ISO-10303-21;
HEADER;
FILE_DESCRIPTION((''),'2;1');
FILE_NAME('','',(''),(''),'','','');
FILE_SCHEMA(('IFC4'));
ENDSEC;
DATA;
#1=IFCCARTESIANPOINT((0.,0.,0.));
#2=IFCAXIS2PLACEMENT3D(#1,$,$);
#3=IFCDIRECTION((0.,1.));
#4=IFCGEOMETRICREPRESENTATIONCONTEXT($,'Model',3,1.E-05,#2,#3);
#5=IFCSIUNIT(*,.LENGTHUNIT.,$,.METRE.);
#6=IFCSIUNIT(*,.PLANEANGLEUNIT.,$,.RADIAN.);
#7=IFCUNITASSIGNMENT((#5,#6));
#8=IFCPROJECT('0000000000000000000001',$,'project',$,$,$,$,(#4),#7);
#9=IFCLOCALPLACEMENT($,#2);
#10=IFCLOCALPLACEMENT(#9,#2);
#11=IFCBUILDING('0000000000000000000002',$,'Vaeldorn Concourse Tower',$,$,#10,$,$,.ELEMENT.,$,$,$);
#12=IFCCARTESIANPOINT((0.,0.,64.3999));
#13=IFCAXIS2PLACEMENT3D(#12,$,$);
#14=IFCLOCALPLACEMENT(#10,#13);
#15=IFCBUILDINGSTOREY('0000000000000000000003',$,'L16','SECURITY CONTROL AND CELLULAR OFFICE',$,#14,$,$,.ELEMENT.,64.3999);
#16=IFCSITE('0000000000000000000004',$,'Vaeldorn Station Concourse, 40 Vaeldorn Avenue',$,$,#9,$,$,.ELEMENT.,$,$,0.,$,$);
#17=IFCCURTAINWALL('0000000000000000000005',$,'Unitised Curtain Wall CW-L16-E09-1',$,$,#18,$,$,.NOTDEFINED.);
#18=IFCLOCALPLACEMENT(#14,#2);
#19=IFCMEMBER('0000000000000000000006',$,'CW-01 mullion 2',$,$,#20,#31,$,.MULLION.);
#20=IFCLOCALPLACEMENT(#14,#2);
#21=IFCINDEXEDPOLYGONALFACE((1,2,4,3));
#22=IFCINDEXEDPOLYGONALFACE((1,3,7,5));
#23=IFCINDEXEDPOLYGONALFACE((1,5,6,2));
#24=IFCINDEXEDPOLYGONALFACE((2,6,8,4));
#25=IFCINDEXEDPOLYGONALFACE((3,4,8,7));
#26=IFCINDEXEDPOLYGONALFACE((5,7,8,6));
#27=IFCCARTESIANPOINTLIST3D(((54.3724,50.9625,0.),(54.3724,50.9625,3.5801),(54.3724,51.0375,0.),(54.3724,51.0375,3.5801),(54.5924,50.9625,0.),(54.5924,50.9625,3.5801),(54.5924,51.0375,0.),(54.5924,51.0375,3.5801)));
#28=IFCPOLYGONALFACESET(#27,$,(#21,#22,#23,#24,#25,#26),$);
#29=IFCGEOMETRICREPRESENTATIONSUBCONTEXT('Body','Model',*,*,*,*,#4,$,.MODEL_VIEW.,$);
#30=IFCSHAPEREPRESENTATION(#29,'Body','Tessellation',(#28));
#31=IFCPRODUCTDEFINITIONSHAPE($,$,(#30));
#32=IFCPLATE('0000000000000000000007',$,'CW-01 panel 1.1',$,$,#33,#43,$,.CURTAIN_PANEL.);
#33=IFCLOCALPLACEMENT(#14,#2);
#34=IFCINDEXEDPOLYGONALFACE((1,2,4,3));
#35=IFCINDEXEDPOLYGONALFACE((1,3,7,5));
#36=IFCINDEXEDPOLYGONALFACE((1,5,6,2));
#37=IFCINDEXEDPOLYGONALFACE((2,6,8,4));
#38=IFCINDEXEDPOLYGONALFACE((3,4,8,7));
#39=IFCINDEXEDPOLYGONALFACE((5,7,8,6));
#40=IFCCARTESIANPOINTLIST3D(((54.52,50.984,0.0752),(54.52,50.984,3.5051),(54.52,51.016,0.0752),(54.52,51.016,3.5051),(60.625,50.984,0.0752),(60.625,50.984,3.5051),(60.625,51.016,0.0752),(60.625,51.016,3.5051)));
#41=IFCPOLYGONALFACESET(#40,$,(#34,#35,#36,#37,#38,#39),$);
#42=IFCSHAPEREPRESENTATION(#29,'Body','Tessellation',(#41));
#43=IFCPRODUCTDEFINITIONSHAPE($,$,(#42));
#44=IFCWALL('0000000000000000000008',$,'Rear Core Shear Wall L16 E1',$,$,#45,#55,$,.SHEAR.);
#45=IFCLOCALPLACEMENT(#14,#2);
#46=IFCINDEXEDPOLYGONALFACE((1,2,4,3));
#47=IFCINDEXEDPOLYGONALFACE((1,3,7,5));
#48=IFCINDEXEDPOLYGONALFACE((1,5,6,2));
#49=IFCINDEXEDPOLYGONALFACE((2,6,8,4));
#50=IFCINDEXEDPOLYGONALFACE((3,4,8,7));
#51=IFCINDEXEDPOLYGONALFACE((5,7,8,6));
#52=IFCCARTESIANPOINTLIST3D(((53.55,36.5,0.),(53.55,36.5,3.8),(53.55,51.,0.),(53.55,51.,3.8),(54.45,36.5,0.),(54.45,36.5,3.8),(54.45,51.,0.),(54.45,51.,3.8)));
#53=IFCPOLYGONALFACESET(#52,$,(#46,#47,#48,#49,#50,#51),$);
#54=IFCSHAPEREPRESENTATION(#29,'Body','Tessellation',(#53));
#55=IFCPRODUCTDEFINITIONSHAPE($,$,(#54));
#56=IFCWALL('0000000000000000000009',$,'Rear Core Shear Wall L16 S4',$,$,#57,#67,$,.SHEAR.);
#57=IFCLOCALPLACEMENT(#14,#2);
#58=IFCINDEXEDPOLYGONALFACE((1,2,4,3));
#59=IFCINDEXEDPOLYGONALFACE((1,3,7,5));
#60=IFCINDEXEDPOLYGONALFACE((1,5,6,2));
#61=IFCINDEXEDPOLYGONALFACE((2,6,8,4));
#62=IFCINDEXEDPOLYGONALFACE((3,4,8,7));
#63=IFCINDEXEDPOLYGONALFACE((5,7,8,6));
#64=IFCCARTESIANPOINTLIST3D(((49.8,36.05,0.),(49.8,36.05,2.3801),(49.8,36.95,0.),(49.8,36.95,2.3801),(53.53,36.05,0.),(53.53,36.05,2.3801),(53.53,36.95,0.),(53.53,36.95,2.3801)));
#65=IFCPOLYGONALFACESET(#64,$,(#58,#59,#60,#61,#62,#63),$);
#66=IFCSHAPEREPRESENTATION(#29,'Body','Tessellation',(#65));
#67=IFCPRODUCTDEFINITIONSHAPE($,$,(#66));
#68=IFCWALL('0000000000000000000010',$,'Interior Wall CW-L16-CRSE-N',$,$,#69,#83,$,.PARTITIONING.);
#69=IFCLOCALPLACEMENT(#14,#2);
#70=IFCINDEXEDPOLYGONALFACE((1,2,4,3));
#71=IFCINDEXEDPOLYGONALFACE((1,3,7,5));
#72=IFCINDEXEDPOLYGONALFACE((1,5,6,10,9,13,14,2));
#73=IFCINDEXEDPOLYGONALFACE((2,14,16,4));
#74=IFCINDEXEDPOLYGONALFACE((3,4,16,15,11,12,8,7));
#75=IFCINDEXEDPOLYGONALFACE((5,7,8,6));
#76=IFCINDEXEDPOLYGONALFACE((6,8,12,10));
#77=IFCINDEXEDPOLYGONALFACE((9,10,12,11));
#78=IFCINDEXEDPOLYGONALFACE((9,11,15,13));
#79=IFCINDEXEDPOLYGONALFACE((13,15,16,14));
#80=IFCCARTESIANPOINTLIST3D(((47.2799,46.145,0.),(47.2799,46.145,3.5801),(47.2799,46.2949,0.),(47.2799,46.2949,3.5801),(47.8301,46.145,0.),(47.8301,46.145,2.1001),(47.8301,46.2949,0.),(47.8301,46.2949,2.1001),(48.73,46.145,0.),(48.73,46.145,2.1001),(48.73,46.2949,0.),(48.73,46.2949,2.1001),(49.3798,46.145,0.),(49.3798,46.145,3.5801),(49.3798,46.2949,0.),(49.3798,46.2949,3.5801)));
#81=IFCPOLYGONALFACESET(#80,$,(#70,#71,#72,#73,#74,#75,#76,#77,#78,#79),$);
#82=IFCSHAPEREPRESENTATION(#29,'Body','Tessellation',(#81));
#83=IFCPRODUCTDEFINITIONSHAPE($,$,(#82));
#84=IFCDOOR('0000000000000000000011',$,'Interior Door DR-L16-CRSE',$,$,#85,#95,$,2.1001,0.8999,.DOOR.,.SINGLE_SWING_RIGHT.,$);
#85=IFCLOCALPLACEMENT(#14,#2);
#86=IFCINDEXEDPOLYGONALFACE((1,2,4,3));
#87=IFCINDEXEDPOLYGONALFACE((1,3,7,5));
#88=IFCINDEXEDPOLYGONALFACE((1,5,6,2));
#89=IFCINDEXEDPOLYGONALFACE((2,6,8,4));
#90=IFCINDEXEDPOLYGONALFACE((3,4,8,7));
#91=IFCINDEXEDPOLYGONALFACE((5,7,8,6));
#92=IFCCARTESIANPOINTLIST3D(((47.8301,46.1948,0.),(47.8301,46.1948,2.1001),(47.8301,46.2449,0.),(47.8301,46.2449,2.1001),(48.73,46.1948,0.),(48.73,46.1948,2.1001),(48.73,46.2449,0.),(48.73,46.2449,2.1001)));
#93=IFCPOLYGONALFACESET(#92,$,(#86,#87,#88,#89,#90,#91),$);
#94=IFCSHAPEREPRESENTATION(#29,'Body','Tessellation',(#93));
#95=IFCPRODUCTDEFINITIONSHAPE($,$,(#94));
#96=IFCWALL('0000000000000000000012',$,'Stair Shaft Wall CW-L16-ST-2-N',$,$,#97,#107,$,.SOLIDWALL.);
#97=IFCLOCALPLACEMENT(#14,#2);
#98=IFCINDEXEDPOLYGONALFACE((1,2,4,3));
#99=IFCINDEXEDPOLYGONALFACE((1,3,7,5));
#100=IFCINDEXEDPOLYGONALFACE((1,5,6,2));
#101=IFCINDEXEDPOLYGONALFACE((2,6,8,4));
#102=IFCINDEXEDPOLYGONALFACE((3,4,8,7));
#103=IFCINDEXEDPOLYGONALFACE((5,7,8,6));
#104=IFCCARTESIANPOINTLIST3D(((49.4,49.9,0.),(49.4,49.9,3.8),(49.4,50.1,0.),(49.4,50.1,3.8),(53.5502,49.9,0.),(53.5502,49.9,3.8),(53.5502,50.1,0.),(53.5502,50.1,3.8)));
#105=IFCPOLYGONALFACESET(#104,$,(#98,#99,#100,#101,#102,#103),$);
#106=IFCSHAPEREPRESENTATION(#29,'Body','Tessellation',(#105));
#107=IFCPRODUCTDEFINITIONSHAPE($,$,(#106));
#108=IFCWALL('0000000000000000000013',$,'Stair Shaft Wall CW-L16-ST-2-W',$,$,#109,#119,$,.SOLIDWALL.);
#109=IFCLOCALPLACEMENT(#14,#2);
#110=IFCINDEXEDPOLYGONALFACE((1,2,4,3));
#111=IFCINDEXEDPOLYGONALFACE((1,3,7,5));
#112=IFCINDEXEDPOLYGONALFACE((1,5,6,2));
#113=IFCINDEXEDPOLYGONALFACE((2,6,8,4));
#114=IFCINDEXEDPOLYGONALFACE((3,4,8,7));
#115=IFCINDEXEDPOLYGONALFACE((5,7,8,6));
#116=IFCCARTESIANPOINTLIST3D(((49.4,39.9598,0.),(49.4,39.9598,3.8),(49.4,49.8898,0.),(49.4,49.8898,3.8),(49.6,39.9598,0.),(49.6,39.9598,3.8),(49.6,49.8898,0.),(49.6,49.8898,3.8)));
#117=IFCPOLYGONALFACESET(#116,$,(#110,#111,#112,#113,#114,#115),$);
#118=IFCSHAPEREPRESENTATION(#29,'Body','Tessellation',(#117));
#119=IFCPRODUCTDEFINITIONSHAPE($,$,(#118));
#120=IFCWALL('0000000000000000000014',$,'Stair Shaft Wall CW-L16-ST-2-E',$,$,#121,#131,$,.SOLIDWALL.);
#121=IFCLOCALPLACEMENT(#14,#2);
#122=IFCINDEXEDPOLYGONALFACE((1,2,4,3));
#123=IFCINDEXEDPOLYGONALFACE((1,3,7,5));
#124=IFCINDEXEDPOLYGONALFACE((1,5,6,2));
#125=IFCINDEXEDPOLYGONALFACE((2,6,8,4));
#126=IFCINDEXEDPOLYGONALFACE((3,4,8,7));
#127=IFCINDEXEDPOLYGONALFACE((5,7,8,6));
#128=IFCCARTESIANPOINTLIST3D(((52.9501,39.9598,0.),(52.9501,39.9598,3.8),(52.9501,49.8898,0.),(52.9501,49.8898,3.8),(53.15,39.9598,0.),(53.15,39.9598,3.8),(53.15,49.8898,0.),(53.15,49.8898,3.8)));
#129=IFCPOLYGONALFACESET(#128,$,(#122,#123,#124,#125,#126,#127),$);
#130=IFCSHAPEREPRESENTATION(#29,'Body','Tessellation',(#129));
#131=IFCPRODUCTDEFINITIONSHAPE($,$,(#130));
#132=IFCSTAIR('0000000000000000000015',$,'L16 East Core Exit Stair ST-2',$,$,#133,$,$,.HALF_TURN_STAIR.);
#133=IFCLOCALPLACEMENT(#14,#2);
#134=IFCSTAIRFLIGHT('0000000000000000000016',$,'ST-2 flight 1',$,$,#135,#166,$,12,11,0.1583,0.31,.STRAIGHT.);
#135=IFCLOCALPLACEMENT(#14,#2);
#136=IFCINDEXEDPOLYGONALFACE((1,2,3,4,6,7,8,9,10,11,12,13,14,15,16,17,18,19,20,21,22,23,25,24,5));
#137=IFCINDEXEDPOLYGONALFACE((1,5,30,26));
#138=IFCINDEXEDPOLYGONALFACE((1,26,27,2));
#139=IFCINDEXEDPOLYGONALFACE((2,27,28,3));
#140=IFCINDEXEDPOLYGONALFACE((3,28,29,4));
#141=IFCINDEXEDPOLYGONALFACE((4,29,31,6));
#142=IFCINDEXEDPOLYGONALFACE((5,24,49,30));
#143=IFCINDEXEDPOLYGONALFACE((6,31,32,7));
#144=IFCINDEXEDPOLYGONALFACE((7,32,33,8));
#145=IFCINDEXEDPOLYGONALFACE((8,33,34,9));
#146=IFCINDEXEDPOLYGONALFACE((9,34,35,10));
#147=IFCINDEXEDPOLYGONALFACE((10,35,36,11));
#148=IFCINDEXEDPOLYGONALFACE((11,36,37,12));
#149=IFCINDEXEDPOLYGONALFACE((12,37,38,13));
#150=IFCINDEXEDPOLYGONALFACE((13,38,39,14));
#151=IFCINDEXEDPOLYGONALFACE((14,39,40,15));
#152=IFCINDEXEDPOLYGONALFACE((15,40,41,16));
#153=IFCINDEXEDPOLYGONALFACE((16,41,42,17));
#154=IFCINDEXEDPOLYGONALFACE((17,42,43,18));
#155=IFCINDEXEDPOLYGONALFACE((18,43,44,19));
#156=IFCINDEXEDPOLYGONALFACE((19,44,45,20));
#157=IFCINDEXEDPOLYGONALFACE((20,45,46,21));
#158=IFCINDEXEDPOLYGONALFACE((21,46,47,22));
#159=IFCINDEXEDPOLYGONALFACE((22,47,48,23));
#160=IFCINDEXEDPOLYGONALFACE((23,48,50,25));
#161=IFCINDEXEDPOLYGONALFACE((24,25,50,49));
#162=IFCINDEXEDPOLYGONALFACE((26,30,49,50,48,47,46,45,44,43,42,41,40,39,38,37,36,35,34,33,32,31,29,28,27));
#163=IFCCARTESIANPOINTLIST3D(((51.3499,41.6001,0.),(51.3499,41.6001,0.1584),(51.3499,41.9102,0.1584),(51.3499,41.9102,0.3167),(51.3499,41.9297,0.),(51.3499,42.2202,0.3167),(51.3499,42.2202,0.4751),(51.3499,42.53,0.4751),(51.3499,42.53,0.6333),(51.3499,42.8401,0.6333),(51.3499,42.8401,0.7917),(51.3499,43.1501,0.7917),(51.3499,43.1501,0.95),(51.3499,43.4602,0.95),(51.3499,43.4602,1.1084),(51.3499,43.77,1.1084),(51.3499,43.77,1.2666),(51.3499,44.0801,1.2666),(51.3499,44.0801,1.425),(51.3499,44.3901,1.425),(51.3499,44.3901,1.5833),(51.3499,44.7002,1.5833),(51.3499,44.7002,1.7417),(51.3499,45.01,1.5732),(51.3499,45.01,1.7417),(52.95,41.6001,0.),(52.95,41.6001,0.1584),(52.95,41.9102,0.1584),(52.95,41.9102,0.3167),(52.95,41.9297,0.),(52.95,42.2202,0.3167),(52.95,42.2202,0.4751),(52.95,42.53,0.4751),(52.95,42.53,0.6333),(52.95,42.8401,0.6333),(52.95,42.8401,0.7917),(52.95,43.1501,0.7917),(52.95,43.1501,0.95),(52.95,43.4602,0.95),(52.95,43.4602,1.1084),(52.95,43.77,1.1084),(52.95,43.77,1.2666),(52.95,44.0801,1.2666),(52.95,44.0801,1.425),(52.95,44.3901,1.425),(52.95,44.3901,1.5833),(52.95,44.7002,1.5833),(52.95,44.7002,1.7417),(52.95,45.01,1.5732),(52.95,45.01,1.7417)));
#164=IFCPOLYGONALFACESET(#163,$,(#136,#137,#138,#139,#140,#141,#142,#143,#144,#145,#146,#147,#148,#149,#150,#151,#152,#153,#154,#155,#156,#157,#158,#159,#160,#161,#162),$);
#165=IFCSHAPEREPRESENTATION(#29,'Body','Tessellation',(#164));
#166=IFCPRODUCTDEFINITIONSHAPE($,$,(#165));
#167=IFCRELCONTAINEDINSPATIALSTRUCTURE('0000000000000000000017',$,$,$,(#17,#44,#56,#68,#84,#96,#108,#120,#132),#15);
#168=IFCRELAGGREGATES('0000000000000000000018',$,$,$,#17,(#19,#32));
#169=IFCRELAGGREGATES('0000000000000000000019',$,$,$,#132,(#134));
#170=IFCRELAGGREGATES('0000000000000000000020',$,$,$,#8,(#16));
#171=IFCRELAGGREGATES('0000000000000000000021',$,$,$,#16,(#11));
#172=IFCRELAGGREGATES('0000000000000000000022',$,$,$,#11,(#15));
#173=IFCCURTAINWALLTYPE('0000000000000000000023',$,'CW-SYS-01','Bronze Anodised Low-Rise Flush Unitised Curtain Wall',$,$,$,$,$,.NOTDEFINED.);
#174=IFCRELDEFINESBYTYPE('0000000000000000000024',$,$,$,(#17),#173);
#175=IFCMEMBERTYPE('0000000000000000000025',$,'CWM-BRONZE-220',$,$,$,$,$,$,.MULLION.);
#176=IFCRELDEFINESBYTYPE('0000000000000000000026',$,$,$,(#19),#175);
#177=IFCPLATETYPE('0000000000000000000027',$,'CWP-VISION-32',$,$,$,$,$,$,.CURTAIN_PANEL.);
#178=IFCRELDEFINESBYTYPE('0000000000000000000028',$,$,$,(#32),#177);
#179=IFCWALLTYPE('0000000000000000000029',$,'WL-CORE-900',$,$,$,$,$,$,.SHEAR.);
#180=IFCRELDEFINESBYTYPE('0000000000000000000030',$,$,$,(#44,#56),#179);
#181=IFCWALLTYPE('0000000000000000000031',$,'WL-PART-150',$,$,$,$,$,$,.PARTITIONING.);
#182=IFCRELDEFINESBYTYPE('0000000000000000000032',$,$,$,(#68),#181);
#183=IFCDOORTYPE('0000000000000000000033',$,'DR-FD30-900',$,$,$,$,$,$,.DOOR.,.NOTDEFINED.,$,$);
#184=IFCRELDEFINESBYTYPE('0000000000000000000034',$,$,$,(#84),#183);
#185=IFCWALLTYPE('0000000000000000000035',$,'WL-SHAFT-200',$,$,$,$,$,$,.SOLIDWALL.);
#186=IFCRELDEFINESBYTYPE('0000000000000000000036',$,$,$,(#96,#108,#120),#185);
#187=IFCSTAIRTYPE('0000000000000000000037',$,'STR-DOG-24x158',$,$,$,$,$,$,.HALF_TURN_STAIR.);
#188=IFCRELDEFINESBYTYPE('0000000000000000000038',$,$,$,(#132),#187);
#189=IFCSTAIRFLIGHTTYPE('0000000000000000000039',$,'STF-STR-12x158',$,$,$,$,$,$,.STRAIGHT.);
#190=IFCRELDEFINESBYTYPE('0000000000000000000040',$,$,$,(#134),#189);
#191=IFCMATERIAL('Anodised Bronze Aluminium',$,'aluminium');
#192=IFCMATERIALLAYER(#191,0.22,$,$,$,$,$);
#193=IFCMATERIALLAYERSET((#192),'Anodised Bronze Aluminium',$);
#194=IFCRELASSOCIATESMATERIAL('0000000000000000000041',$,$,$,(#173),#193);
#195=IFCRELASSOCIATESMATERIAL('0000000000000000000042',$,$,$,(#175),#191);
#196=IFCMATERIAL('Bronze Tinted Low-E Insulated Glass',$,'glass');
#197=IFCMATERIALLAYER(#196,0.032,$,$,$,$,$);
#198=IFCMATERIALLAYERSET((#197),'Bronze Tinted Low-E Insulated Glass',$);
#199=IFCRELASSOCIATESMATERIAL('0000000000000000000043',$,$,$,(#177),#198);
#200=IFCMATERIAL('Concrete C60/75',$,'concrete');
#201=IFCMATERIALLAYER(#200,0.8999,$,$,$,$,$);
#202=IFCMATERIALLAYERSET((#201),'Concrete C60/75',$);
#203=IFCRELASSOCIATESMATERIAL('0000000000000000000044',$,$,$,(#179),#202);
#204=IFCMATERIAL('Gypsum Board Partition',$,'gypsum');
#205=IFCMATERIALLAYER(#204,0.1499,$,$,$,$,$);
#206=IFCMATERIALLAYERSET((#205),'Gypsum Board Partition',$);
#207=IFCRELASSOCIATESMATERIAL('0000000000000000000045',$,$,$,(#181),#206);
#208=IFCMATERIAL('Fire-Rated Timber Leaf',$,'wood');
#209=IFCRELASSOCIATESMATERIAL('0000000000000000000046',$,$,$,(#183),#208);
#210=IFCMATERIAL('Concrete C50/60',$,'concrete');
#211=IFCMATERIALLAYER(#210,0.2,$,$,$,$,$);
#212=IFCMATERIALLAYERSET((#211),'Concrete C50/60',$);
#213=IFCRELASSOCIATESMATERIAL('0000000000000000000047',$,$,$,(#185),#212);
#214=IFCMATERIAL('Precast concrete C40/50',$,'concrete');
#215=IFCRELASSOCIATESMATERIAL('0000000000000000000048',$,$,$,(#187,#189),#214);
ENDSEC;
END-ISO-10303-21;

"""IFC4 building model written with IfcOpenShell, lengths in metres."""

from ifc_helpers import new_model, si_unit, direction, frame, frame_2d, origin, origin_2d, place, context, subcontext, project, spatial, polyline, rectangle, outline, extrude, source, transform, mapped, material, layer, layer_set, material_profile, profile_set, type_object, element, fill, aggregate, save


model = new_model("IFC4")

# Units and contexts
model_context = context("Model", 3, precision=1e-05, world=origin(), true_north=direction((0.0, 1.0)))
body_context = subcontext(model_context, "Body", "Model", "MODEL_VIEW")
ifc_project = project(units=[si_unit("LENGTHUNIT", "METRE"), si_unit("PLANEANGLEUNIT", "RADIAN")], contexts=[model_context])

# Site, building, storey
site_placement = place(None, origin())
site = spatial("IfcSite", under=ifc_project, at=site_placement, Name="Vaeldorn Station Concourse, 40 Vaeldorn Avenue", CompositionType="ELEMENT", RefElevation=0.0)
building_placement = place(site_placement, origin())
building = spatial("IfcBuilding", under=site, at=building_placement, Name="Vaeldorn Concourse Tower", CompositionType="ELEMENT")
storey_placement = place(building_placement, frame((0.0, 0.0, 64.3999)))
storey = spatial("IfcBuildingStorey", under=building, at=storey_placement, Name="L16", Description="SECURITY CONTROL AND CELLULAR OFFICE", CompositionType="ELEMENT", Elevation=64.3999)

# Shared definitions
ifc_material_1 = material(Name="Concrete C60/75", Category="concrete")

# Curtain wall, member, plate
ifc_material_2 = material(Name="Anodised Bronze Aluminium", Category="aluminium")
ifc_layer_1 = layer(ifc_material_2, 0.22)
ifc_layer_set_1 = layer_set([ifc_layer_1], Name="Anodised Bronze Aluminium")
curtain_wall_type = type_object("IfcCurtainWallType", Name="CW-SYS-01", Description="Bronze Anodised Low-Rise Flush Unitised Curtain Wall", PredefinedType="NOTDEFINED", material=ifc_layer_set_1)
curtain_wall_placement = place(storey_placement, origin())
curtain_wall = element("IfcCurtainWall", 1, at=curtain_wall_placement, inside=storey, type_object=curtain_wall_type, Name="Unitised Curtain Wall CW-L16-E09-1", PredefinedType="NOTDEFINED")
ifc_material_profile_1 = material_profile(ifc_material_2, rectangle(XDim=0.075, YDim=0.22, at=origin_2d()), Name="CWM 75x220")
ifc_profile_set_1 = profile_set([ifc_material_profile_1], Name="Anodised Bronze Aluminium")
member_type = type_object("IfcMemberType", Name="CWM-BRONZE-220", PredefinedType="MULLION", material=ifc_profile_set_1)
shared_shape_1 = source(origin(), body_context, "Body", "SweptSolid", [
    extrude(rectangle(XDim=0.075, YDim=0.22, at=origin_2d()), origin(), (0.0, 0.0, 1.0), 3.5801),
])
member_placement = place(storey_placement, frame((54.4824, 51.0, 0.0), z_axis=(0.0, 0.0, 1.0), x_axis=(0.0, -1.0, 0.0)))
member = element("IfcMember", 2, at=member_placement, type_object=member_type, Name="CW-01 mullion 2", PredefinedType="MULLION", context=body_context, shape_type="MappedRepresentation", body=[
    mapped(shared_shape_1, transform((0.0, 0.0, 0.0), scale=1.0)),
])
ifc_material_3 = material(Name="Bronze Tinted Low-E Insulated Glass", Category="glass")
ifc_layer_2 = layer(ifc_material_3, 0.032)
ifc_layer_set_2 = layer_set([ifc_layer_2], Name="Bronze Tinted Low-E Insulated Glass")
plate_type = type_object("IfcPlateType", Name="CWP-VISION-32", PredefinedType="CURTAIN_PANEL", material=ifc_layer_set_2)
shared_shape_2 = source(origin(), body_context, "Body", "SweptSolid", [
    extrude(rectangle(XDim=6.105, YDim=0.032, at=origin_2d()), origin(), (0.0, 0.0, 1.0), 3.4299),
])
plate_placement = place(storey_placement, frame((57.5725, 51.0, 0.0752), z_axis=(0.0, 0.0, 1.0), x_axis=(-1.0, 0.0, 0.0)))
plate = element("IfcPlate", 3, at=plate_placement, type_object=plate_type, Name="CW-01 panel 1.1", PredefinedType="CURTAIN_PANEL", context=body_context, shape_type="MappedRepresentation", body=[
    mapped(shared_shape_2, transform((0.0, 0.0, 0.0), scale=1.0)),
])
aggregate(curtain_wall, [member, plate])

# Walls
ifc_layer_3 = layer(ifc_material_1, 0.8999)
ifc_layer_set_3 = layer_set([ifc_layer_3], Name="Concrete C60/75")
wall_type_1 = type_object("IfcWallType", Name="WL-CORE-900", PredefinedType="SHEAR", material=ifc_layer_set_3)
wall_1_placement = place(storey_placement, frame((54.0, 36.5, 0.0), z_axis=(0.0, 0.0, 1.0), x_axis=(0.0, 1.0, 0.0)))
element("IfcWall", 4, at=wall_1_placement, inside=storey, type_object=wall_type_1, Name="Rear Core Shear Wall L16 E1", PredefinedType="SHEAR", context=body_context, shape_type="SweptSolid", body=[
    extrude(rectangle(XDim=14.5, YDim=0.8999, at=frame_2d((7.25, 0.0))), origin(), (0.0, 0.0, 1.0), 3.8),
])
wall_2_placement = place(storey_placement, frame((49.8, 36.5, 0.0), z_axis=(0.0, 0.0, 1.0), x_axis=(1.0, 0.0, 0.0)))
element("IfcWall", 5, at=wall_2_placement, inside=storey, type_object=wall_type_1, Name="Rear Core Shear Wall L16 S4", PredefinedType="SHEAR", context=body_context, shape_type="SweptSolid", body=[
    extrude(rectangle(XDim=3.73, YDim=0.8999, at=frame_2d((1.865, 0.0))), origin(), (0.0, 0.0, 1.0), 2.3801),
])

# Wall, opening, door
ifc_material_4 = material(Name="Gypsum Board Partition", Category="gypsum")
ifc_layer_4 = layer(ifc_material_4, 0.1499)
ifc_layer_set_4 = layer_set([ifc_layer_4], Name="Gypsum Board Partition")
wall_type_2 = type_object("IfcWallType", Name="WL-PART-150", PredefinedType="PARTITIONING", material=ifc_layer_set_4)
wall_3_placement = place(storey_placement, frame((47.28, 46.22, 0.0), z_axis=(0.0, 0.0, 1.0), x_axis=(1.0, 0.0, 0.0)))
wall_3 = element("IfcWall", 6, at=wall_3_placement, inside=storey, type_object=wall_type_2, Name="Interior Wall CW-L16-CRSE-N", PredefinedType="PARTITIONING", context=body_context, shape_type="SweptSolid", body=[
    extrude(rectangle(XDim=2.0999, YDim=0.1499, at=frame_2d((1.0498, 0.0))), origin(), (0.0, 0.0, 1.0), 3.5801),
])
opening_1_placement = place(wall_3_placement, frame((0.55, 0.0, 0.0)))
opening_1 = element("IfcOpeningElement", 7, at=opening_1_placement, cuts=wall_3, PredefinedType="OPENING", context=body_context, shape_type="SweptSolid", body=[
    extrude(rectangle(XDim=0.8999, YDim=2.1001, at=frame_2d((0.45, 1.05))), frame((0.0, 0.085, 0.0), z_axis=(0.0, -1.0, 0.0), x_axis=(1.0, 0.0, 0.0)), (0.0, 0.0, 1.0), 0.1699),
])
ifc_material_5 = material(Name="Fire-Rated Timber Leaf", Category="wood")
door_type_1 = type_object("IfcDoorType", Name="DR-FD30-900", OperationType="NOTDEFINED", PredefinedType="DOOR", material=ifc_material_5)
shared_shape_3 = source(origin(), body_context, "Body", "SweptSolid", [
    extrude(rectangle(XDim=0.8999, YDim=2.1001, at=frame_2d((0.45, 1.05))), frame((0.0, 0.0249, 0.0), z_axis=(0.0, -1.0, 0.0), x_axis=(1.0, 0.0, 0.0)), (0.0, 0.0, 1.0), 0.05),
])
door_1_placement = place(opening_1_placement, origin())
door_1 = element("IfcDoor", 8, at=door_1_placement, inside=storey, type_object=door_type_1, Name="Interior Door DR-L16-CRSE", OperationType="SINGLE_SWING_RIGHT", OverallHeight=2.1001, OverallWidth=0.8999, PredefinedType="DOOR", context=body_context, shape_type="MappedRepresentation", body=[
    mapped(shared_shape_3, transform((0.0, 0.0, 0.0), scale=1.0)),
])
fill(opening_1, door_1)
ifc_material_6 = material(Name="Concrete C50/60", Category="concrete")
ifc_layer_5 = layer(ifc_material_6, 0.2)
ifc_layer_set_5 = layer_set([ifc_layer_5], Name="Concrete C50/60")
wall_type_3 = type_object("IfcWallType", Name="WL-SHAFT-200", PredefinedType="SOLIDWALL", material=ifc_layer_set_5)

# Walls
wall_4_placement = place(storey_placement, frame((49.3999, 50.0, 0.0), z_axis=(0.0, 0.0, 1.0), x_axis=(1.0, 0.0, 0.0)))
element("IfcWall", 9, at=wall_4_placement, inside=storey, type_object=wall_type_3, Name="Stair Shaft Wall CW-L16-ST-2-N", PredefinedType="SOLIDWALL", context=body_context, shape_type="SweptSolid", body=[
    extrude(rectangle(XDim=4.1501, YDim=0.2, at=frame_2d((2.0752, 0.0))), origin(), (0.0, 0.0, 1.0), 3.8),
])
for number, where, z_axis, x_axis, name in (
    (10, (49.5, 39.96, 0.0), (0.0, 0.0, 1.0), (0.0, 1.0, 0.0), "Stair Shaft Wall CW-L16-ST-2-W"),
    (11, (53.05, 39.96, 0.0), (0.0, 0.0, 1.0), (0.0, 1.0, 0.0), "Stair Shaft Wall CW-L16-ST-2-E"),
):
    element("IfcWall", number, at=place(storey_placement, frame(where, z_axis=z_axis, x_axis=x_axis)), inside=storey, type_object=wall_type_3, Name=name, PredefinedType="SOLIDWALL", context=body_context, shape_type="SweptSolid", body=[
        extrude(rectangle(XDim=9.9299, YDim=0.2, at=frame_2d((4.9648, 0.0))), origin(), (0.0, 0.0, 1.0), 3.8),
    ])

# Stair, stair flight
ifc_material_7 = material(Name="Precast concrete C40/50", Category="concrete")
stair_type = type_object("IfcStairType", Name="STR-DOG-24x158", PredefinedType="HALF_TURN_STAIR", material=ifc_material_7)
stair_placement = place(storey_placement, origin())
stair = element("IfcStair", 12, at=stair_placement, inside=storey, type_object=stair_type, Name="L16 East Core Exit Stair ST-2", PredefinedType="HALF_TURN_STAIR")
stair_flight_type = type_object("IfcStairFlightType", Name="STF-STR-12x158", PredefinedType="STRAIGHT", material=ifc_material_7)
stair_flight_1_placement = place(storey_placement, frame((52.1499, 41.6001, 0.0), z_axis=(0.0, 0.0, 1.0), x_axis=(0.0, 1.0, 0.0)))
stair_flight_1 = element("IfcStairFlight", 13, at=stair_flight_1_placement, type_object=stair_flight_type, Name="ST-2 flight 1", NumberOfRisers=12, NumberOfTreads=11, PredefinedType="STRAIGHT", RiserHeight=0.1583, TreadLength=0.31, context=body_context, shape_type="SweptSolid", body=[
    extrude(outline(polyline([(0.0, 0.0), (0.0, 0.1584), (0.3101, 0.1584), (0.3101, 0.3167), (0.6201, 0.3167), (0.6201, 0.4751), (0.9299, 0.4751), (0.9299, 0.6333), (1.24, 0.6333), (1.24, 0.7917), (1.55, 0.7917), (1.55, 0.95), (1.8601, 0.95), (1.8601, 1.1084), (2.1699, 1.1084), (2.1699, 1.2666), (2.48, 1.2666), (2.48, 1.425), (2.79, 1.425), (2.79, 1.5833), (3.1001, 1.5833), (3.1001, 1.7417), (3.4099, 1.7417), (3.4099, 1.8999), (3.4099, 1.5732), (0.3296, 0.0), (0.0, 0.0)])), frame((0.0, 0.8, 0.0), z_axis=(0.0, -1.0, 0.0), x_axis=(1.0, 0.0, 0.0)), (0.0, 0.0, 1.0), 1.6001),
])
aggregate(stair, [stair_flight_1])

save(model, "model.ifc")
